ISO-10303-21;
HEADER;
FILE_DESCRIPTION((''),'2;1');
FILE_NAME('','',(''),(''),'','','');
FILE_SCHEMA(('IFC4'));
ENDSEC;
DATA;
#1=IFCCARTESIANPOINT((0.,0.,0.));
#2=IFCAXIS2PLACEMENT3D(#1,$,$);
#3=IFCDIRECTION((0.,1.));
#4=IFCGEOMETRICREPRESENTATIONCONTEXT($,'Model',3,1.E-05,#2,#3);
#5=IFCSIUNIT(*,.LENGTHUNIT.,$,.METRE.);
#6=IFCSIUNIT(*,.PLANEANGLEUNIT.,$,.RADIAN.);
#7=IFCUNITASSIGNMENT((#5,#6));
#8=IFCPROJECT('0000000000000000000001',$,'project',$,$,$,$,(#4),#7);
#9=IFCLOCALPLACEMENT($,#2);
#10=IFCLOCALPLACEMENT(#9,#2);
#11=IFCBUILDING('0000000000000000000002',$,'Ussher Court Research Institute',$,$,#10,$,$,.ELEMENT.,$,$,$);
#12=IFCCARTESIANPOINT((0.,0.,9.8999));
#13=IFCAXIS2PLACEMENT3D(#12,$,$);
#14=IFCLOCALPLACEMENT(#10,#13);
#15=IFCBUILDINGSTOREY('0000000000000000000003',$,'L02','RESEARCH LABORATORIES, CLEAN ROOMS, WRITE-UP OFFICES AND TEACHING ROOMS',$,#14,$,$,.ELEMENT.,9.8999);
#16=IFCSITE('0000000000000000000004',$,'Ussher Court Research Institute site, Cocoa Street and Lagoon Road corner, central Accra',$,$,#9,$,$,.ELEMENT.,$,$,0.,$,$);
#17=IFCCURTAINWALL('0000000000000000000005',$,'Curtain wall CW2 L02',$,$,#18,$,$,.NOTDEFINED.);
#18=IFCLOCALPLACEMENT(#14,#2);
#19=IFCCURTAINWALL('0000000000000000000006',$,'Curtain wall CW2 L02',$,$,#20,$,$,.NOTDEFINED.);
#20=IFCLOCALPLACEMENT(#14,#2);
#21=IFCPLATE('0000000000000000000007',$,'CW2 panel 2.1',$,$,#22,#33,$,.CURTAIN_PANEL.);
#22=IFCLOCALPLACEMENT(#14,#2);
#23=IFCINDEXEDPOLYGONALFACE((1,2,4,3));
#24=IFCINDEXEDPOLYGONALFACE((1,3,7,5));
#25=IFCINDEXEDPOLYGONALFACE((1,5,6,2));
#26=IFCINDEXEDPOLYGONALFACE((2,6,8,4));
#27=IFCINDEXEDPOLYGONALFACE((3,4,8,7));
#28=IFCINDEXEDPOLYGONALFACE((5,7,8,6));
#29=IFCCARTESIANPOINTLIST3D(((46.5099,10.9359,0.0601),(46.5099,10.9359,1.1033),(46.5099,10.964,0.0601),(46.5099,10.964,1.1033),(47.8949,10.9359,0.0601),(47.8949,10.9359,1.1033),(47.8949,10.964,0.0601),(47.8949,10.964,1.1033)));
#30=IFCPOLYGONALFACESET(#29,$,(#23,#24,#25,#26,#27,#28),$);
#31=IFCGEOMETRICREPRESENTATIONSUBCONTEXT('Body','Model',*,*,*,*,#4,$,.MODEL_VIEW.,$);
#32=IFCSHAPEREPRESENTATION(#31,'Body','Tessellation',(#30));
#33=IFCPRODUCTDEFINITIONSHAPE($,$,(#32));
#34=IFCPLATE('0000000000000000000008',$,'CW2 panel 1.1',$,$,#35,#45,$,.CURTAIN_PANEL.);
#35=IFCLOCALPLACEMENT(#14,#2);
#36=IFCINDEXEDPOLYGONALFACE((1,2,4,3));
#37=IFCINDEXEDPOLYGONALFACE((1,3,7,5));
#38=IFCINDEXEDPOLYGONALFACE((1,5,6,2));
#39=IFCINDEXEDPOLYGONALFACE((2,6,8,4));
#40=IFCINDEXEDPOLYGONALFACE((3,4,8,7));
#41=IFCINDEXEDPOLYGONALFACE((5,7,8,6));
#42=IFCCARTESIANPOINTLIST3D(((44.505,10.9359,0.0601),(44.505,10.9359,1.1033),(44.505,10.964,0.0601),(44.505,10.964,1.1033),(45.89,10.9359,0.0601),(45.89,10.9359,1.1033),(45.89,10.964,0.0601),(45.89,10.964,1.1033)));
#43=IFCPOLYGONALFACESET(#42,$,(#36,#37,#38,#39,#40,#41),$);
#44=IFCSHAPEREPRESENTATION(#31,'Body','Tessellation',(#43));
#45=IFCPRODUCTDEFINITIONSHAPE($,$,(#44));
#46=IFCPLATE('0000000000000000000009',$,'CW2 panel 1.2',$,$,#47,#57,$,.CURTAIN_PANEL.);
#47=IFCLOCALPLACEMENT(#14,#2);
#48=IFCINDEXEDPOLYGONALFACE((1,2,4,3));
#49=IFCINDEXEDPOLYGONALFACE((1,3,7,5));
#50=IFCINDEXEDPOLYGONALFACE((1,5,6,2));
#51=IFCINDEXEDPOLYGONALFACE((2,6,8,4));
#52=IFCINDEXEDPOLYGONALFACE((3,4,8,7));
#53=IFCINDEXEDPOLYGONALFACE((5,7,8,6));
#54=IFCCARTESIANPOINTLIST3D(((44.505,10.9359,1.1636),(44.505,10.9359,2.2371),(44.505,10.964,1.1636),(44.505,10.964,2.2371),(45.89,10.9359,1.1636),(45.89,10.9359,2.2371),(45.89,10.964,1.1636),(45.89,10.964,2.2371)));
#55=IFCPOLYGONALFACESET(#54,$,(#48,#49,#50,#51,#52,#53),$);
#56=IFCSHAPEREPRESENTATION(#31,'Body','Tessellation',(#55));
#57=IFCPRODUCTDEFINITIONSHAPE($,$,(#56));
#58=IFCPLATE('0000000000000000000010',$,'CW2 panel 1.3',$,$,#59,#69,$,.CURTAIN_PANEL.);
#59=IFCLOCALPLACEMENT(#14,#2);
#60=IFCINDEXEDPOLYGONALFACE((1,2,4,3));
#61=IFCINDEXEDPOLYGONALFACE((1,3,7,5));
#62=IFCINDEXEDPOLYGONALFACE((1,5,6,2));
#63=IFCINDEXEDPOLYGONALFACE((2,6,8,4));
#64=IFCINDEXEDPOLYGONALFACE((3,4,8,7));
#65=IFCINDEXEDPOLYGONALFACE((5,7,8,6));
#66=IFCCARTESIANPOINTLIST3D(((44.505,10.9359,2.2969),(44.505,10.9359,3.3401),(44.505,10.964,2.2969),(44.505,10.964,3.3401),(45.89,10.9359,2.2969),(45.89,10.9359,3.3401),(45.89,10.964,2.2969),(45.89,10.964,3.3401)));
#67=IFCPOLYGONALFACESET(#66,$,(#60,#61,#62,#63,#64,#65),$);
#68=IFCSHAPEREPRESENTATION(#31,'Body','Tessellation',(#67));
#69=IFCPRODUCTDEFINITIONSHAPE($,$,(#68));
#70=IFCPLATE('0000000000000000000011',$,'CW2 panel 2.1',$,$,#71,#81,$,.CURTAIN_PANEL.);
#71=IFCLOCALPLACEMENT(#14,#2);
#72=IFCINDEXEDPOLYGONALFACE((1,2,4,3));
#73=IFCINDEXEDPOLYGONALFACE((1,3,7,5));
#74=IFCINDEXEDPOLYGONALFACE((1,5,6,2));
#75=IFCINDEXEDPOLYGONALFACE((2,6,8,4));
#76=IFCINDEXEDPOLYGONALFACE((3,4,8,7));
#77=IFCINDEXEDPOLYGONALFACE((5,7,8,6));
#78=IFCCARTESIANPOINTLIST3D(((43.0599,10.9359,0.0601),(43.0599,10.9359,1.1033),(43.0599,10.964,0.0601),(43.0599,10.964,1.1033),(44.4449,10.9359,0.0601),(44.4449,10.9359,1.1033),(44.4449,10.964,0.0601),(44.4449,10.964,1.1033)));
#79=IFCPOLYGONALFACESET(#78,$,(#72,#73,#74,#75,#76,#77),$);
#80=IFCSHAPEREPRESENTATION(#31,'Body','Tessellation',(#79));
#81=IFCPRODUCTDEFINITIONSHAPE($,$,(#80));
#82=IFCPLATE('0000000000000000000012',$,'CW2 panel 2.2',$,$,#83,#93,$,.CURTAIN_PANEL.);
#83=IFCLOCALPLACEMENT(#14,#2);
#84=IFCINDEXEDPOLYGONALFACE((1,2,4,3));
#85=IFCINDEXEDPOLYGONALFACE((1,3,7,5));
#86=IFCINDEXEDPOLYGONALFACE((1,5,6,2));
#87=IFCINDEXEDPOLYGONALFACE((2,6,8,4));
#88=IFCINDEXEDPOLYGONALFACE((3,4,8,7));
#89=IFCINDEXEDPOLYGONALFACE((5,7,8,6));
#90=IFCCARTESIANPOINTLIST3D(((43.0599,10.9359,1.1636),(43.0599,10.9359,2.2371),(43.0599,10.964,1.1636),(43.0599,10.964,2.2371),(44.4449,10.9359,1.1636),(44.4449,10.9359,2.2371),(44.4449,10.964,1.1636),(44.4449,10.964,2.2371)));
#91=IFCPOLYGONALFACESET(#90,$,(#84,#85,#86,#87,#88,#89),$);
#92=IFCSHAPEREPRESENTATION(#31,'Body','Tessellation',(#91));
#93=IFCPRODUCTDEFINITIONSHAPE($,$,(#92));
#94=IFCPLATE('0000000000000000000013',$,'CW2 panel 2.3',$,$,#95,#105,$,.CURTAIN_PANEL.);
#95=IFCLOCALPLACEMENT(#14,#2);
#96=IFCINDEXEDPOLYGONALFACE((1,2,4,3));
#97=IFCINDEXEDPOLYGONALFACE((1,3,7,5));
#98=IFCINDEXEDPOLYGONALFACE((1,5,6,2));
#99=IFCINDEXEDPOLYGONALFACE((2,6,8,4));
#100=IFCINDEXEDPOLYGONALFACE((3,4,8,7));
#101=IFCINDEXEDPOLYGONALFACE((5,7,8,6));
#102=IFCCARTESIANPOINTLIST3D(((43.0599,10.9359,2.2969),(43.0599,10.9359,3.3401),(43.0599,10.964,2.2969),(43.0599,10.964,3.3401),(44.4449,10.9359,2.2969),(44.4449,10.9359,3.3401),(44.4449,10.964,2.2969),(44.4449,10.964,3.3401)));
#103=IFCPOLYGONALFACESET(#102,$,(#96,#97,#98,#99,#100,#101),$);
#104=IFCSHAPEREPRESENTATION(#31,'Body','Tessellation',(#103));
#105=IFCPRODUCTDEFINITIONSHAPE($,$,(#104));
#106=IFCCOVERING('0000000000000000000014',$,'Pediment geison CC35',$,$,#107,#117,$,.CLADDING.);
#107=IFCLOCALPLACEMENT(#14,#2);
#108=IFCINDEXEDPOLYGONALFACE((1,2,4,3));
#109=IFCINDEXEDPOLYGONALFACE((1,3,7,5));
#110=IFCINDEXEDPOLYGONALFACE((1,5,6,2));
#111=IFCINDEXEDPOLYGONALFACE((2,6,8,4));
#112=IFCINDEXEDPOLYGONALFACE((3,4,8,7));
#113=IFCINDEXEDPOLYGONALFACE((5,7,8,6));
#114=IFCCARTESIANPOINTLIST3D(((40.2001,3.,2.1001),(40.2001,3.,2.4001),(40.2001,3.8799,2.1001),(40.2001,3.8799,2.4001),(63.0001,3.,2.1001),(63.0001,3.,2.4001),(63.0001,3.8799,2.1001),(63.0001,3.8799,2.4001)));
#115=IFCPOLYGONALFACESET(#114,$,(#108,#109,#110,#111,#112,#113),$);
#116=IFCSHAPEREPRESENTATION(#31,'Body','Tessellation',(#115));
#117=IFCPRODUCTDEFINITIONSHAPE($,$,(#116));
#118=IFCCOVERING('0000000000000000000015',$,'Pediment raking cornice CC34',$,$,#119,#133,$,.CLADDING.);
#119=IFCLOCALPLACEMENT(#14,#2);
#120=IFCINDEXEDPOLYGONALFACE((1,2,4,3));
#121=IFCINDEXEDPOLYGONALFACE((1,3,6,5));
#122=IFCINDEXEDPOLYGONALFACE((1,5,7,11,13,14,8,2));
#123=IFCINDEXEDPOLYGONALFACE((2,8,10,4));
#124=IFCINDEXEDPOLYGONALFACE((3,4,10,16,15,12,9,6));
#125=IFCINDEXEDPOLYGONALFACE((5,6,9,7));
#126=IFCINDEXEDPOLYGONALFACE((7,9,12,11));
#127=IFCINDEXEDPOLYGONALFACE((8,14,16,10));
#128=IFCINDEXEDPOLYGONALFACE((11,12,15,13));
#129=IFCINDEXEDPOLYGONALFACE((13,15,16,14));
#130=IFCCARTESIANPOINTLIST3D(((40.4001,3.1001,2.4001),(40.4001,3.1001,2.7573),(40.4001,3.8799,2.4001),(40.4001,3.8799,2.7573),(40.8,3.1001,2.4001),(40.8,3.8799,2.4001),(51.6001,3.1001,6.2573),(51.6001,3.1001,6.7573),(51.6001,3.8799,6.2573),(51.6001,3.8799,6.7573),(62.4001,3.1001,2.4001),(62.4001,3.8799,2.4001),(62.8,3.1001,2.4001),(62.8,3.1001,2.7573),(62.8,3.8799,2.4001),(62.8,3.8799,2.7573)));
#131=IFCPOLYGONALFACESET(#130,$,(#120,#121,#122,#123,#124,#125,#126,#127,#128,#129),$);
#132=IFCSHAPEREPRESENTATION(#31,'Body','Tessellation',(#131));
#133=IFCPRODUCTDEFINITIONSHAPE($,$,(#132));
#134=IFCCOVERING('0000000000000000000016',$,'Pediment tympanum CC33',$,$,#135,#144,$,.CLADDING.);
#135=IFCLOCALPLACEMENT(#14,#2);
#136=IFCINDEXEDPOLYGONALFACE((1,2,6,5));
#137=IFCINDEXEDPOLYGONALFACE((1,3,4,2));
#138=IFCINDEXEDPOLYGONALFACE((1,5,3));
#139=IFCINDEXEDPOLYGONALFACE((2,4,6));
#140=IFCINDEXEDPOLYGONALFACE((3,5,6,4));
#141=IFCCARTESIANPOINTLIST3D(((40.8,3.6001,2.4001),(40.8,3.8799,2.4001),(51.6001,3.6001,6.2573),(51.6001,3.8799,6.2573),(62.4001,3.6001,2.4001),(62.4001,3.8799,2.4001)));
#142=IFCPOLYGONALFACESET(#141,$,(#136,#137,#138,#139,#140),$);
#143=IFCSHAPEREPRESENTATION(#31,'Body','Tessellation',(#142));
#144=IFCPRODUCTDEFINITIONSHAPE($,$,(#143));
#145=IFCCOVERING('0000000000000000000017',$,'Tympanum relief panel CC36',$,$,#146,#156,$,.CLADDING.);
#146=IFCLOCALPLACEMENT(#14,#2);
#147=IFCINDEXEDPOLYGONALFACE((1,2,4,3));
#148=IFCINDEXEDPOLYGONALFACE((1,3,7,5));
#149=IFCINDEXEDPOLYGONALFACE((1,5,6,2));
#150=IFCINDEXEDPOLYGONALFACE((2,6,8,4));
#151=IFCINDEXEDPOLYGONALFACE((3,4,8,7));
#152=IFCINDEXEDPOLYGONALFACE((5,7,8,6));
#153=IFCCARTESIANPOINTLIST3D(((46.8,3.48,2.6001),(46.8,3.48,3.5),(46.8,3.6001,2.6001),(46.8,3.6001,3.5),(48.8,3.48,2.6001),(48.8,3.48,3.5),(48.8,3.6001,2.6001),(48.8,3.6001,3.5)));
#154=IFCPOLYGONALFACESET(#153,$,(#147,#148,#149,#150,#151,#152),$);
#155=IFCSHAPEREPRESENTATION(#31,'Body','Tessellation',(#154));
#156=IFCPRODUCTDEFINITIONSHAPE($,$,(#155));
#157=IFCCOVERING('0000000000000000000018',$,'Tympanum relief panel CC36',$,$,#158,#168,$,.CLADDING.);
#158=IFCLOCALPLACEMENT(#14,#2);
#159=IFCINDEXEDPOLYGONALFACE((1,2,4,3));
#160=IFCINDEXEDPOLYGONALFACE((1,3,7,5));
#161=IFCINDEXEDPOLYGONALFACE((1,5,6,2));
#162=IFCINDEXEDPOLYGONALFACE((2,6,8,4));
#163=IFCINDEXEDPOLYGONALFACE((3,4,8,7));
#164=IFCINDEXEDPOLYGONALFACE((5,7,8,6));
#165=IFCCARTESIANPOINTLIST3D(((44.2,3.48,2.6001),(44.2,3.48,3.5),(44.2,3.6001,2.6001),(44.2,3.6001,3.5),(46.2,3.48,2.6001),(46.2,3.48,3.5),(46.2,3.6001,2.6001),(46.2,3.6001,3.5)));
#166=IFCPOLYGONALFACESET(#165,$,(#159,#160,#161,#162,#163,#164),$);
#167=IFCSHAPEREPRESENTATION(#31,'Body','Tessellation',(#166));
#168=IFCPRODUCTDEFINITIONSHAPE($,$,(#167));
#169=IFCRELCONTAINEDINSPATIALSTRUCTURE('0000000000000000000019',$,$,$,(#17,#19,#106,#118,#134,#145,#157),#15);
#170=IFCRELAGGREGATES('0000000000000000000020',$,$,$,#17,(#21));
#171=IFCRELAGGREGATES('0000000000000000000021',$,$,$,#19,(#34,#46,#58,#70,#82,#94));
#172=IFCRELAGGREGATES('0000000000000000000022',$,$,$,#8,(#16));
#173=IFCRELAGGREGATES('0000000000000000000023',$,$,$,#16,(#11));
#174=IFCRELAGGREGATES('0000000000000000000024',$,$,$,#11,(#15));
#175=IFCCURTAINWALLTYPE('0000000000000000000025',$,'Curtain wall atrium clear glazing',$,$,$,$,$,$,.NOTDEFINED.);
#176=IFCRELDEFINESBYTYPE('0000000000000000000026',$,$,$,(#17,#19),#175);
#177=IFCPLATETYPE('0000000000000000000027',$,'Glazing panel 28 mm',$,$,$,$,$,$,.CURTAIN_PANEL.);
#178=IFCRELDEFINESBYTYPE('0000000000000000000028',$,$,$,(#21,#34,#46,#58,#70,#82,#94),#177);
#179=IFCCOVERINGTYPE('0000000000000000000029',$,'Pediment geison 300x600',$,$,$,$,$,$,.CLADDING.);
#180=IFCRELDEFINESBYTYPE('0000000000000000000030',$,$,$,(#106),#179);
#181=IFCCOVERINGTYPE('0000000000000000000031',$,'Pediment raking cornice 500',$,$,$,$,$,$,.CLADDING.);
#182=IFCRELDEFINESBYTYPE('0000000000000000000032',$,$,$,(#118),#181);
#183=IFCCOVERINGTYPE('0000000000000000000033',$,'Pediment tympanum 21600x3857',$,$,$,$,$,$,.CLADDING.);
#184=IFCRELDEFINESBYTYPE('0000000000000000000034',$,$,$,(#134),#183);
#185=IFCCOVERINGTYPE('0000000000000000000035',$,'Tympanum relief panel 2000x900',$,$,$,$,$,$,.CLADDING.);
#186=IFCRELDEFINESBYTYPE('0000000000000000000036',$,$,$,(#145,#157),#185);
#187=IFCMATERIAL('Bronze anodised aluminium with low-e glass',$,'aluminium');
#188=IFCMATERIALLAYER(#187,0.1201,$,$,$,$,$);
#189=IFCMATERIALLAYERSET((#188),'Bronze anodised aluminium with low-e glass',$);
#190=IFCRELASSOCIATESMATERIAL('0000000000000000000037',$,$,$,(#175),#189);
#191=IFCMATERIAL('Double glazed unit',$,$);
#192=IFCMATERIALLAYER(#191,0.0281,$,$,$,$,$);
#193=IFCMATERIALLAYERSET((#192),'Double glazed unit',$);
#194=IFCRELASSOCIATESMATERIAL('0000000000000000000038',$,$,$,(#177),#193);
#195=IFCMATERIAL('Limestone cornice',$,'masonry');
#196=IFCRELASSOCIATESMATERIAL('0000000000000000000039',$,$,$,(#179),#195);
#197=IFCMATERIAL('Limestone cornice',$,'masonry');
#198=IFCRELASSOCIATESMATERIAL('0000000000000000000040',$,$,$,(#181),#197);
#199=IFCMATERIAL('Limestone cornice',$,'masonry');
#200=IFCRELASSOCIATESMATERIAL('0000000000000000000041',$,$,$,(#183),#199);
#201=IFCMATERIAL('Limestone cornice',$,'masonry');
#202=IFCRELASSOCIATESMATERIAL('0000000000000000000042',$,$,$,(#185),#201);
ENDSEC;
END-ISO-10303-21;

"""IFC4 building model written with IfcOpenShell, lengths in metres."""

from ifc_helpers import new_model, si_unit, direction, frame, origin, origin_2d, place, context, subcontext, project, spatial, polyline, rectangle, outline, extrude, material, layer, layer_set, type_object, element, aggregate, save


model = new_model("IFC4")

# Units and contexts
model_context = context("Model", 3, precision=1e-05, world=origin(), true_north=direction((0.0, 1.0)))
body_context = subcontext(model_context, "Body", "Model", "MODEL_VIEW")
ifc_project = project(units=[si_unit("LENGTHUNIT", "METRE"), si_unit("PLANEANGLEUNIT", "RADIAN")], contexts=[model_context])

# Site, building, storey
site_placement = place(None, origin())
site = spatial("IfcSite", under=ifc_project, at=site_placement, Name="Ussher Court Research Institute site, Cocoa Street and Lagoon Road corner, central Accra", CompositionType="ELEMENT", RefElevation=0.0)
building_placement = place(site_placement, origin())
building = spatial("IfcBuilding", under=site, at=building_placement, Name="Ussher Court Research Institute", CompositionType="ELEMENT")
storey_placement = place(building_placement, frame((0.0, 0.0, 9.8999)))
storey = spatial("IfcBuildingStorey", under=building, at=storey_placement, Name="L02", Description="RESEARCH LABORATORIES, CLEAN ROOMS, WRITE-UP OFFICES AND TEACHING ROOMS", CompositionType="ELEMENT", Elevation=9.8999)

# Curtain wall
ifc_material_1 = material(Name="Bronze anodised aluminium with low-e glass", Category="aluminium")
ifc_layer_1 = layer(ifc_material_1, 0.1201)
ifc_layer_set_1 = layer_set([ifc_layer_1], Name="Bronze anodised aluminium with low-e glass")
curtain_wall_type = type_object("IfcCurtainWallType", Name="Curtain wall atrium clear glazing", PredefinedType="NOTDEFINED", material=ifc_layer_set_1)
curtain_wall_1_placement = place(storey_placement, origin())
curtain_wall_1 = element("IfcCurtainWall", 1, at=curtain_wall_1_placement, inside=storey, type_object=curtain_wall_type, Name="Curtain wall CW2 L02", PredefinedType="NOTDEFINED")

# Curtain wall
curtain_wall_2_placement = place(storey_placement, origin())
curtain_wall_2 = element("IfcCurtainWall", 2, at=curtain_wall_2_placement, inside=storey, type_object=curtain_wall_type, Name="Curtain wall CW2 L02", PredefinedType="NOTDEFINED")

# Plates
ifc_material_2 = material(Name="Double glazed unit")
ifc_layer_2 = layer(ifc_material_2, 0.0281)
ifc_layer_set_2 = layer_set([ifc_layer_2], Name="Double glazed unit")
plate_type = type_object("IfcPlateType", Name="Glazing panel 28 mm", PredefinedType="CURTAIN_PANEL", material=ifc_layer_set_2)
plate_1_placement = place(storey_placement, frame((47.2024, 10.95, 0.0601), z_axis=(0.0, 0.0, 1.0), x_axis=(-1.0, 0.0, 0.0)))
plate_1 = element("IfcPlate", 3, at=plate_1_placement, type_object=plate_type, Name="CW2 panel 2.1", PredefinedType="CURTAIN_PANEL", context=body_context, shape_type="SweptSolid", body=[
    extrude(rectangle(XDim=1.385, YDim=0.0281, at=origin_2d()), origin(), (0.0, 0.0, 1.0), 1.0432),
])
aggregate(curtain_wall_1, [plate_1])
plate_2_placement = place(storey_placement, frame((45.1975, 10.95, 0.0601), z_axis=(0.0, 0.0, 1.0), x_axis=(-1.0, 0.0, 0.0)))
plate_2 = element("IfcPlate", 4, at=plate_2_placement, type_object=plate_type, Name="CW2 panel 1.1", PredefinedType="CURTAIN_PANEL", context=body_context, shape_type="SweptSolid", body=[
    extrude(rectangle(XDim=1.385, YDim=0.0281, at=origin_2d()), origin(), (0.0, 0.0, 1.0), 1.0432),
])
plate_3_placement = place(storey_placement, frame((45.1975, 10.95, 1.1636), z_axis=(0.0, 0.0, 1.0), x_axis=(-1.0, 0.0, 0.0)))
plate_3 = element("IfcPlate", 5, at=plate_3_placement, type_object=plate_type, Name="CW2 panel 1.2", PredefinedType="CURTAIN_PANEL", context=body_context, shape_type="SweptSolid", body=[
    extrude(rectangle(XDim=1.385, YDim=0.0281, at=origin_2d()), origin(), (0.0, 0.0, 1.0), 1.0735),
])
plate_4_placement = place(storey_placement, frame((45.1975, 10.95, 2.2969), z_axis=(0.0, 0.0, 1.0), x_axis=(-1.0, 0.0, 0.0)))
plate_4 = element("IfcPlate", 6, at=plate_4_placement, type_object=plate_type, Name="CW2 panel 1.3", PredefinedType="CURTAIN_PANEL", context=body_context, shape_type="SweptSolid", body=[
    extrude(rectangle(XDim=1.385, YDim=0.0281, at=origin_2d()), origin(), (0.0, 0.0, 1.0), 1.0432),
])
plate_5_placement = place(storey_placement, frame((43.7524, 10.95, 0.0601), z_axis=(0.0, 0.0, 1.0), x_axis=(-1.0, 0.0, 0.0)))
plate_5 = element("IfcPlate", 7, at=plate_5_placement, type_object=plate_type, Name="CW2 panel 2.1", PredefinedType="CURTAIN_PANEL", context=body_context, shape_type="SweptSolid", body=[
    extrude(rectangle(XDim=1.385, YDim=0.0281, at=origin_2d()), origin(), (0.0, 0.0, 1.0), 1.0432),
])
plate_6_placement = place(storey_placement, frame((43.7524, 10.95, 1.1636), z_axis=(0.0, 0.0, 1.0), x_axis=(-1.0, 0.0, 0.0)))
plate_6 = element("IfcPlate", 8, at=plate_6_placement, type_object=plate_type, Name="CW2 panel 2.2", PredefinedType="CURTAIN_PANEL", context=body_context, shape_type="SweptSolid", body=[
    extrude(rectangle(XDim=1.385, YDim=0.0281, at=origin_2d()), origin(), (0.0, 0.0, 1.0), 1.0735),
])
plate_7_placement = place(storey_placement, frame((43.7524, 10.95, 2.2969), z_axis=(0.0, 0.0, 1.0), x_axis=(-1.0, 0.0, 0.0)))
plate_7 = element("IfcPlate", 9, at=plate_7_placement, type_object=plate_type, Name="CW2 panel 2.3", PredefinedType="CURTAIN_PANEL", context=body_context, shape_type="SweptSolid", body=[
    extrude(rectangle(XDim=1.385, YDim=0.0281, at=origin_2d()), origin(), (0.0, 0.0, 1.0), 1.0432),
])
aggregate(curtain_wall_2, [plate_2, plate_3, plate_4, plate_5, plate_6, plate_7])

# Coverings
ifc_material_3 = material(Name="Limestone cornice", Category="masonry")
covering_type_1 = type_object("IfcCoveringType", Name="Pediment geison 300x600", PredefinedType="CLADDING", material=ifc_material_3)
covering_1_placement = place(storey_placement, frame((51.6001, 3.4399, 2.1001), z_axis=(0.0, 0.0, 1.0), x_axis=(1.0, 0.0, 0.0)))
element("IfcCovering", 10, at=covering_1_placement, inside=storey, type_object=covering_type_1, Name="Pediment geison CC35", PredefinedType="CLADDING", context=body_context, shape_type="SweptSolid", body=[
    extrude(rectangle(XDim=22.8, YDim=0.8799, at=origin_2d()), origin(), (0.0, 0.0, 1.0), 0.3),
])
ifc_material_4 = material(Name="Limestone cornice", Category="masonry")
covering_type_2 = type_object("IfcCoveringType", Name="Pediment raking cornice 500", PredefinedType="CLADDING", material=ifc_material_4)
covering_2_placement = place(storey_placement, frame((51.6001, 3.1001, 2.4001), z_axis=(0.0, 1.0, 0.0), x_axis=(-1.0, 0.0, 0.0)))
element("IfcCovering", 11, at=covering_2_placement, inside=storey, type_object=covering_type_2, Name="Pediment raking cornice CC34", PredefinedType="CLADDING", context=body_context, shape_type="SweptSolid", body=[
    extrude(outline(polyline([(11.2, 0.0), (11.2, 0.3572), (0.0, 4.3572), (-11.2, 0.3572), (-11.2, 0.0), (-10.8, 0.0), (0.0, 3.8572), (10.8, 0.0), (11.2, 0.0)])), origin(), (0.0, 0.0, 1.0), 0.7798),
])
ifc_material_5 = material(Name="Limestone cornice", Category="masonry")
covering_type_3 = type_object("IfcCoveringType", Name="Pediment tympanum 21600x3857", PredefinedType="CLADDING", material=ifc_material_5)
covering_3_placement = place(storey_placement, frame((51.6001, 3.6001, 2.4001), z_axis=(0.0, 1.0, 0.0), x_axis=(-1.0, 0.0, 0.0)))
element("IfcCovering", 12, at=covering_3_placement, inside=storey, type_object=covering_type_3, Name="Pediment tympanum CC33", PredefinedType="CLADDING", context=body_context, shape_type="SweptSolid", body=[
    extrude(outline(polyline([(10.8, 0.0), (0.0, 3.8572), (-10.8, 0.0), (10.8, 0.0)])), origin(), (0.0, 0.0, 1.0), 0.2798),
])
ifc_material_6 = material(Name="Limestone cornice", Category="masonry")
covering_type_4 = type_object("IfcCoveringType", Name="Tympanum relief panel 2000x900", PredefinedType="CLADDING", material=ifc_material_6)
for number, where, z_axis, x_axis, name in (
    (13, (47.8, 3.54, 2.6001), (0.0, 0.0, 1.0), (1.0, 0.0, 0.0), "Tympanum relief panel CC36"),
    (14, (45.2, 3.54, 2.6001), (0.0, 0.0, 1.0), (1.0, 0.0, 0.0), "Tympanum relief panel CC36"),
):
    element("IfcCovering", number, at=place(storey_placement, frame(where, z_axis=z_axis, x_axis=x_axis)), inside=storey, type_object=covering_type_4, Name=name, PredefinedType="CLADDING", context=body_context, shape_type="SweptSolid", body=[
        extrude(rectangle(XDim=2.0, YDim=0.1201, at=origin_2d()), origin(), (0.0, 0.0, 1.0), 0.8999),
    ])

save(model, "model.ifc")
